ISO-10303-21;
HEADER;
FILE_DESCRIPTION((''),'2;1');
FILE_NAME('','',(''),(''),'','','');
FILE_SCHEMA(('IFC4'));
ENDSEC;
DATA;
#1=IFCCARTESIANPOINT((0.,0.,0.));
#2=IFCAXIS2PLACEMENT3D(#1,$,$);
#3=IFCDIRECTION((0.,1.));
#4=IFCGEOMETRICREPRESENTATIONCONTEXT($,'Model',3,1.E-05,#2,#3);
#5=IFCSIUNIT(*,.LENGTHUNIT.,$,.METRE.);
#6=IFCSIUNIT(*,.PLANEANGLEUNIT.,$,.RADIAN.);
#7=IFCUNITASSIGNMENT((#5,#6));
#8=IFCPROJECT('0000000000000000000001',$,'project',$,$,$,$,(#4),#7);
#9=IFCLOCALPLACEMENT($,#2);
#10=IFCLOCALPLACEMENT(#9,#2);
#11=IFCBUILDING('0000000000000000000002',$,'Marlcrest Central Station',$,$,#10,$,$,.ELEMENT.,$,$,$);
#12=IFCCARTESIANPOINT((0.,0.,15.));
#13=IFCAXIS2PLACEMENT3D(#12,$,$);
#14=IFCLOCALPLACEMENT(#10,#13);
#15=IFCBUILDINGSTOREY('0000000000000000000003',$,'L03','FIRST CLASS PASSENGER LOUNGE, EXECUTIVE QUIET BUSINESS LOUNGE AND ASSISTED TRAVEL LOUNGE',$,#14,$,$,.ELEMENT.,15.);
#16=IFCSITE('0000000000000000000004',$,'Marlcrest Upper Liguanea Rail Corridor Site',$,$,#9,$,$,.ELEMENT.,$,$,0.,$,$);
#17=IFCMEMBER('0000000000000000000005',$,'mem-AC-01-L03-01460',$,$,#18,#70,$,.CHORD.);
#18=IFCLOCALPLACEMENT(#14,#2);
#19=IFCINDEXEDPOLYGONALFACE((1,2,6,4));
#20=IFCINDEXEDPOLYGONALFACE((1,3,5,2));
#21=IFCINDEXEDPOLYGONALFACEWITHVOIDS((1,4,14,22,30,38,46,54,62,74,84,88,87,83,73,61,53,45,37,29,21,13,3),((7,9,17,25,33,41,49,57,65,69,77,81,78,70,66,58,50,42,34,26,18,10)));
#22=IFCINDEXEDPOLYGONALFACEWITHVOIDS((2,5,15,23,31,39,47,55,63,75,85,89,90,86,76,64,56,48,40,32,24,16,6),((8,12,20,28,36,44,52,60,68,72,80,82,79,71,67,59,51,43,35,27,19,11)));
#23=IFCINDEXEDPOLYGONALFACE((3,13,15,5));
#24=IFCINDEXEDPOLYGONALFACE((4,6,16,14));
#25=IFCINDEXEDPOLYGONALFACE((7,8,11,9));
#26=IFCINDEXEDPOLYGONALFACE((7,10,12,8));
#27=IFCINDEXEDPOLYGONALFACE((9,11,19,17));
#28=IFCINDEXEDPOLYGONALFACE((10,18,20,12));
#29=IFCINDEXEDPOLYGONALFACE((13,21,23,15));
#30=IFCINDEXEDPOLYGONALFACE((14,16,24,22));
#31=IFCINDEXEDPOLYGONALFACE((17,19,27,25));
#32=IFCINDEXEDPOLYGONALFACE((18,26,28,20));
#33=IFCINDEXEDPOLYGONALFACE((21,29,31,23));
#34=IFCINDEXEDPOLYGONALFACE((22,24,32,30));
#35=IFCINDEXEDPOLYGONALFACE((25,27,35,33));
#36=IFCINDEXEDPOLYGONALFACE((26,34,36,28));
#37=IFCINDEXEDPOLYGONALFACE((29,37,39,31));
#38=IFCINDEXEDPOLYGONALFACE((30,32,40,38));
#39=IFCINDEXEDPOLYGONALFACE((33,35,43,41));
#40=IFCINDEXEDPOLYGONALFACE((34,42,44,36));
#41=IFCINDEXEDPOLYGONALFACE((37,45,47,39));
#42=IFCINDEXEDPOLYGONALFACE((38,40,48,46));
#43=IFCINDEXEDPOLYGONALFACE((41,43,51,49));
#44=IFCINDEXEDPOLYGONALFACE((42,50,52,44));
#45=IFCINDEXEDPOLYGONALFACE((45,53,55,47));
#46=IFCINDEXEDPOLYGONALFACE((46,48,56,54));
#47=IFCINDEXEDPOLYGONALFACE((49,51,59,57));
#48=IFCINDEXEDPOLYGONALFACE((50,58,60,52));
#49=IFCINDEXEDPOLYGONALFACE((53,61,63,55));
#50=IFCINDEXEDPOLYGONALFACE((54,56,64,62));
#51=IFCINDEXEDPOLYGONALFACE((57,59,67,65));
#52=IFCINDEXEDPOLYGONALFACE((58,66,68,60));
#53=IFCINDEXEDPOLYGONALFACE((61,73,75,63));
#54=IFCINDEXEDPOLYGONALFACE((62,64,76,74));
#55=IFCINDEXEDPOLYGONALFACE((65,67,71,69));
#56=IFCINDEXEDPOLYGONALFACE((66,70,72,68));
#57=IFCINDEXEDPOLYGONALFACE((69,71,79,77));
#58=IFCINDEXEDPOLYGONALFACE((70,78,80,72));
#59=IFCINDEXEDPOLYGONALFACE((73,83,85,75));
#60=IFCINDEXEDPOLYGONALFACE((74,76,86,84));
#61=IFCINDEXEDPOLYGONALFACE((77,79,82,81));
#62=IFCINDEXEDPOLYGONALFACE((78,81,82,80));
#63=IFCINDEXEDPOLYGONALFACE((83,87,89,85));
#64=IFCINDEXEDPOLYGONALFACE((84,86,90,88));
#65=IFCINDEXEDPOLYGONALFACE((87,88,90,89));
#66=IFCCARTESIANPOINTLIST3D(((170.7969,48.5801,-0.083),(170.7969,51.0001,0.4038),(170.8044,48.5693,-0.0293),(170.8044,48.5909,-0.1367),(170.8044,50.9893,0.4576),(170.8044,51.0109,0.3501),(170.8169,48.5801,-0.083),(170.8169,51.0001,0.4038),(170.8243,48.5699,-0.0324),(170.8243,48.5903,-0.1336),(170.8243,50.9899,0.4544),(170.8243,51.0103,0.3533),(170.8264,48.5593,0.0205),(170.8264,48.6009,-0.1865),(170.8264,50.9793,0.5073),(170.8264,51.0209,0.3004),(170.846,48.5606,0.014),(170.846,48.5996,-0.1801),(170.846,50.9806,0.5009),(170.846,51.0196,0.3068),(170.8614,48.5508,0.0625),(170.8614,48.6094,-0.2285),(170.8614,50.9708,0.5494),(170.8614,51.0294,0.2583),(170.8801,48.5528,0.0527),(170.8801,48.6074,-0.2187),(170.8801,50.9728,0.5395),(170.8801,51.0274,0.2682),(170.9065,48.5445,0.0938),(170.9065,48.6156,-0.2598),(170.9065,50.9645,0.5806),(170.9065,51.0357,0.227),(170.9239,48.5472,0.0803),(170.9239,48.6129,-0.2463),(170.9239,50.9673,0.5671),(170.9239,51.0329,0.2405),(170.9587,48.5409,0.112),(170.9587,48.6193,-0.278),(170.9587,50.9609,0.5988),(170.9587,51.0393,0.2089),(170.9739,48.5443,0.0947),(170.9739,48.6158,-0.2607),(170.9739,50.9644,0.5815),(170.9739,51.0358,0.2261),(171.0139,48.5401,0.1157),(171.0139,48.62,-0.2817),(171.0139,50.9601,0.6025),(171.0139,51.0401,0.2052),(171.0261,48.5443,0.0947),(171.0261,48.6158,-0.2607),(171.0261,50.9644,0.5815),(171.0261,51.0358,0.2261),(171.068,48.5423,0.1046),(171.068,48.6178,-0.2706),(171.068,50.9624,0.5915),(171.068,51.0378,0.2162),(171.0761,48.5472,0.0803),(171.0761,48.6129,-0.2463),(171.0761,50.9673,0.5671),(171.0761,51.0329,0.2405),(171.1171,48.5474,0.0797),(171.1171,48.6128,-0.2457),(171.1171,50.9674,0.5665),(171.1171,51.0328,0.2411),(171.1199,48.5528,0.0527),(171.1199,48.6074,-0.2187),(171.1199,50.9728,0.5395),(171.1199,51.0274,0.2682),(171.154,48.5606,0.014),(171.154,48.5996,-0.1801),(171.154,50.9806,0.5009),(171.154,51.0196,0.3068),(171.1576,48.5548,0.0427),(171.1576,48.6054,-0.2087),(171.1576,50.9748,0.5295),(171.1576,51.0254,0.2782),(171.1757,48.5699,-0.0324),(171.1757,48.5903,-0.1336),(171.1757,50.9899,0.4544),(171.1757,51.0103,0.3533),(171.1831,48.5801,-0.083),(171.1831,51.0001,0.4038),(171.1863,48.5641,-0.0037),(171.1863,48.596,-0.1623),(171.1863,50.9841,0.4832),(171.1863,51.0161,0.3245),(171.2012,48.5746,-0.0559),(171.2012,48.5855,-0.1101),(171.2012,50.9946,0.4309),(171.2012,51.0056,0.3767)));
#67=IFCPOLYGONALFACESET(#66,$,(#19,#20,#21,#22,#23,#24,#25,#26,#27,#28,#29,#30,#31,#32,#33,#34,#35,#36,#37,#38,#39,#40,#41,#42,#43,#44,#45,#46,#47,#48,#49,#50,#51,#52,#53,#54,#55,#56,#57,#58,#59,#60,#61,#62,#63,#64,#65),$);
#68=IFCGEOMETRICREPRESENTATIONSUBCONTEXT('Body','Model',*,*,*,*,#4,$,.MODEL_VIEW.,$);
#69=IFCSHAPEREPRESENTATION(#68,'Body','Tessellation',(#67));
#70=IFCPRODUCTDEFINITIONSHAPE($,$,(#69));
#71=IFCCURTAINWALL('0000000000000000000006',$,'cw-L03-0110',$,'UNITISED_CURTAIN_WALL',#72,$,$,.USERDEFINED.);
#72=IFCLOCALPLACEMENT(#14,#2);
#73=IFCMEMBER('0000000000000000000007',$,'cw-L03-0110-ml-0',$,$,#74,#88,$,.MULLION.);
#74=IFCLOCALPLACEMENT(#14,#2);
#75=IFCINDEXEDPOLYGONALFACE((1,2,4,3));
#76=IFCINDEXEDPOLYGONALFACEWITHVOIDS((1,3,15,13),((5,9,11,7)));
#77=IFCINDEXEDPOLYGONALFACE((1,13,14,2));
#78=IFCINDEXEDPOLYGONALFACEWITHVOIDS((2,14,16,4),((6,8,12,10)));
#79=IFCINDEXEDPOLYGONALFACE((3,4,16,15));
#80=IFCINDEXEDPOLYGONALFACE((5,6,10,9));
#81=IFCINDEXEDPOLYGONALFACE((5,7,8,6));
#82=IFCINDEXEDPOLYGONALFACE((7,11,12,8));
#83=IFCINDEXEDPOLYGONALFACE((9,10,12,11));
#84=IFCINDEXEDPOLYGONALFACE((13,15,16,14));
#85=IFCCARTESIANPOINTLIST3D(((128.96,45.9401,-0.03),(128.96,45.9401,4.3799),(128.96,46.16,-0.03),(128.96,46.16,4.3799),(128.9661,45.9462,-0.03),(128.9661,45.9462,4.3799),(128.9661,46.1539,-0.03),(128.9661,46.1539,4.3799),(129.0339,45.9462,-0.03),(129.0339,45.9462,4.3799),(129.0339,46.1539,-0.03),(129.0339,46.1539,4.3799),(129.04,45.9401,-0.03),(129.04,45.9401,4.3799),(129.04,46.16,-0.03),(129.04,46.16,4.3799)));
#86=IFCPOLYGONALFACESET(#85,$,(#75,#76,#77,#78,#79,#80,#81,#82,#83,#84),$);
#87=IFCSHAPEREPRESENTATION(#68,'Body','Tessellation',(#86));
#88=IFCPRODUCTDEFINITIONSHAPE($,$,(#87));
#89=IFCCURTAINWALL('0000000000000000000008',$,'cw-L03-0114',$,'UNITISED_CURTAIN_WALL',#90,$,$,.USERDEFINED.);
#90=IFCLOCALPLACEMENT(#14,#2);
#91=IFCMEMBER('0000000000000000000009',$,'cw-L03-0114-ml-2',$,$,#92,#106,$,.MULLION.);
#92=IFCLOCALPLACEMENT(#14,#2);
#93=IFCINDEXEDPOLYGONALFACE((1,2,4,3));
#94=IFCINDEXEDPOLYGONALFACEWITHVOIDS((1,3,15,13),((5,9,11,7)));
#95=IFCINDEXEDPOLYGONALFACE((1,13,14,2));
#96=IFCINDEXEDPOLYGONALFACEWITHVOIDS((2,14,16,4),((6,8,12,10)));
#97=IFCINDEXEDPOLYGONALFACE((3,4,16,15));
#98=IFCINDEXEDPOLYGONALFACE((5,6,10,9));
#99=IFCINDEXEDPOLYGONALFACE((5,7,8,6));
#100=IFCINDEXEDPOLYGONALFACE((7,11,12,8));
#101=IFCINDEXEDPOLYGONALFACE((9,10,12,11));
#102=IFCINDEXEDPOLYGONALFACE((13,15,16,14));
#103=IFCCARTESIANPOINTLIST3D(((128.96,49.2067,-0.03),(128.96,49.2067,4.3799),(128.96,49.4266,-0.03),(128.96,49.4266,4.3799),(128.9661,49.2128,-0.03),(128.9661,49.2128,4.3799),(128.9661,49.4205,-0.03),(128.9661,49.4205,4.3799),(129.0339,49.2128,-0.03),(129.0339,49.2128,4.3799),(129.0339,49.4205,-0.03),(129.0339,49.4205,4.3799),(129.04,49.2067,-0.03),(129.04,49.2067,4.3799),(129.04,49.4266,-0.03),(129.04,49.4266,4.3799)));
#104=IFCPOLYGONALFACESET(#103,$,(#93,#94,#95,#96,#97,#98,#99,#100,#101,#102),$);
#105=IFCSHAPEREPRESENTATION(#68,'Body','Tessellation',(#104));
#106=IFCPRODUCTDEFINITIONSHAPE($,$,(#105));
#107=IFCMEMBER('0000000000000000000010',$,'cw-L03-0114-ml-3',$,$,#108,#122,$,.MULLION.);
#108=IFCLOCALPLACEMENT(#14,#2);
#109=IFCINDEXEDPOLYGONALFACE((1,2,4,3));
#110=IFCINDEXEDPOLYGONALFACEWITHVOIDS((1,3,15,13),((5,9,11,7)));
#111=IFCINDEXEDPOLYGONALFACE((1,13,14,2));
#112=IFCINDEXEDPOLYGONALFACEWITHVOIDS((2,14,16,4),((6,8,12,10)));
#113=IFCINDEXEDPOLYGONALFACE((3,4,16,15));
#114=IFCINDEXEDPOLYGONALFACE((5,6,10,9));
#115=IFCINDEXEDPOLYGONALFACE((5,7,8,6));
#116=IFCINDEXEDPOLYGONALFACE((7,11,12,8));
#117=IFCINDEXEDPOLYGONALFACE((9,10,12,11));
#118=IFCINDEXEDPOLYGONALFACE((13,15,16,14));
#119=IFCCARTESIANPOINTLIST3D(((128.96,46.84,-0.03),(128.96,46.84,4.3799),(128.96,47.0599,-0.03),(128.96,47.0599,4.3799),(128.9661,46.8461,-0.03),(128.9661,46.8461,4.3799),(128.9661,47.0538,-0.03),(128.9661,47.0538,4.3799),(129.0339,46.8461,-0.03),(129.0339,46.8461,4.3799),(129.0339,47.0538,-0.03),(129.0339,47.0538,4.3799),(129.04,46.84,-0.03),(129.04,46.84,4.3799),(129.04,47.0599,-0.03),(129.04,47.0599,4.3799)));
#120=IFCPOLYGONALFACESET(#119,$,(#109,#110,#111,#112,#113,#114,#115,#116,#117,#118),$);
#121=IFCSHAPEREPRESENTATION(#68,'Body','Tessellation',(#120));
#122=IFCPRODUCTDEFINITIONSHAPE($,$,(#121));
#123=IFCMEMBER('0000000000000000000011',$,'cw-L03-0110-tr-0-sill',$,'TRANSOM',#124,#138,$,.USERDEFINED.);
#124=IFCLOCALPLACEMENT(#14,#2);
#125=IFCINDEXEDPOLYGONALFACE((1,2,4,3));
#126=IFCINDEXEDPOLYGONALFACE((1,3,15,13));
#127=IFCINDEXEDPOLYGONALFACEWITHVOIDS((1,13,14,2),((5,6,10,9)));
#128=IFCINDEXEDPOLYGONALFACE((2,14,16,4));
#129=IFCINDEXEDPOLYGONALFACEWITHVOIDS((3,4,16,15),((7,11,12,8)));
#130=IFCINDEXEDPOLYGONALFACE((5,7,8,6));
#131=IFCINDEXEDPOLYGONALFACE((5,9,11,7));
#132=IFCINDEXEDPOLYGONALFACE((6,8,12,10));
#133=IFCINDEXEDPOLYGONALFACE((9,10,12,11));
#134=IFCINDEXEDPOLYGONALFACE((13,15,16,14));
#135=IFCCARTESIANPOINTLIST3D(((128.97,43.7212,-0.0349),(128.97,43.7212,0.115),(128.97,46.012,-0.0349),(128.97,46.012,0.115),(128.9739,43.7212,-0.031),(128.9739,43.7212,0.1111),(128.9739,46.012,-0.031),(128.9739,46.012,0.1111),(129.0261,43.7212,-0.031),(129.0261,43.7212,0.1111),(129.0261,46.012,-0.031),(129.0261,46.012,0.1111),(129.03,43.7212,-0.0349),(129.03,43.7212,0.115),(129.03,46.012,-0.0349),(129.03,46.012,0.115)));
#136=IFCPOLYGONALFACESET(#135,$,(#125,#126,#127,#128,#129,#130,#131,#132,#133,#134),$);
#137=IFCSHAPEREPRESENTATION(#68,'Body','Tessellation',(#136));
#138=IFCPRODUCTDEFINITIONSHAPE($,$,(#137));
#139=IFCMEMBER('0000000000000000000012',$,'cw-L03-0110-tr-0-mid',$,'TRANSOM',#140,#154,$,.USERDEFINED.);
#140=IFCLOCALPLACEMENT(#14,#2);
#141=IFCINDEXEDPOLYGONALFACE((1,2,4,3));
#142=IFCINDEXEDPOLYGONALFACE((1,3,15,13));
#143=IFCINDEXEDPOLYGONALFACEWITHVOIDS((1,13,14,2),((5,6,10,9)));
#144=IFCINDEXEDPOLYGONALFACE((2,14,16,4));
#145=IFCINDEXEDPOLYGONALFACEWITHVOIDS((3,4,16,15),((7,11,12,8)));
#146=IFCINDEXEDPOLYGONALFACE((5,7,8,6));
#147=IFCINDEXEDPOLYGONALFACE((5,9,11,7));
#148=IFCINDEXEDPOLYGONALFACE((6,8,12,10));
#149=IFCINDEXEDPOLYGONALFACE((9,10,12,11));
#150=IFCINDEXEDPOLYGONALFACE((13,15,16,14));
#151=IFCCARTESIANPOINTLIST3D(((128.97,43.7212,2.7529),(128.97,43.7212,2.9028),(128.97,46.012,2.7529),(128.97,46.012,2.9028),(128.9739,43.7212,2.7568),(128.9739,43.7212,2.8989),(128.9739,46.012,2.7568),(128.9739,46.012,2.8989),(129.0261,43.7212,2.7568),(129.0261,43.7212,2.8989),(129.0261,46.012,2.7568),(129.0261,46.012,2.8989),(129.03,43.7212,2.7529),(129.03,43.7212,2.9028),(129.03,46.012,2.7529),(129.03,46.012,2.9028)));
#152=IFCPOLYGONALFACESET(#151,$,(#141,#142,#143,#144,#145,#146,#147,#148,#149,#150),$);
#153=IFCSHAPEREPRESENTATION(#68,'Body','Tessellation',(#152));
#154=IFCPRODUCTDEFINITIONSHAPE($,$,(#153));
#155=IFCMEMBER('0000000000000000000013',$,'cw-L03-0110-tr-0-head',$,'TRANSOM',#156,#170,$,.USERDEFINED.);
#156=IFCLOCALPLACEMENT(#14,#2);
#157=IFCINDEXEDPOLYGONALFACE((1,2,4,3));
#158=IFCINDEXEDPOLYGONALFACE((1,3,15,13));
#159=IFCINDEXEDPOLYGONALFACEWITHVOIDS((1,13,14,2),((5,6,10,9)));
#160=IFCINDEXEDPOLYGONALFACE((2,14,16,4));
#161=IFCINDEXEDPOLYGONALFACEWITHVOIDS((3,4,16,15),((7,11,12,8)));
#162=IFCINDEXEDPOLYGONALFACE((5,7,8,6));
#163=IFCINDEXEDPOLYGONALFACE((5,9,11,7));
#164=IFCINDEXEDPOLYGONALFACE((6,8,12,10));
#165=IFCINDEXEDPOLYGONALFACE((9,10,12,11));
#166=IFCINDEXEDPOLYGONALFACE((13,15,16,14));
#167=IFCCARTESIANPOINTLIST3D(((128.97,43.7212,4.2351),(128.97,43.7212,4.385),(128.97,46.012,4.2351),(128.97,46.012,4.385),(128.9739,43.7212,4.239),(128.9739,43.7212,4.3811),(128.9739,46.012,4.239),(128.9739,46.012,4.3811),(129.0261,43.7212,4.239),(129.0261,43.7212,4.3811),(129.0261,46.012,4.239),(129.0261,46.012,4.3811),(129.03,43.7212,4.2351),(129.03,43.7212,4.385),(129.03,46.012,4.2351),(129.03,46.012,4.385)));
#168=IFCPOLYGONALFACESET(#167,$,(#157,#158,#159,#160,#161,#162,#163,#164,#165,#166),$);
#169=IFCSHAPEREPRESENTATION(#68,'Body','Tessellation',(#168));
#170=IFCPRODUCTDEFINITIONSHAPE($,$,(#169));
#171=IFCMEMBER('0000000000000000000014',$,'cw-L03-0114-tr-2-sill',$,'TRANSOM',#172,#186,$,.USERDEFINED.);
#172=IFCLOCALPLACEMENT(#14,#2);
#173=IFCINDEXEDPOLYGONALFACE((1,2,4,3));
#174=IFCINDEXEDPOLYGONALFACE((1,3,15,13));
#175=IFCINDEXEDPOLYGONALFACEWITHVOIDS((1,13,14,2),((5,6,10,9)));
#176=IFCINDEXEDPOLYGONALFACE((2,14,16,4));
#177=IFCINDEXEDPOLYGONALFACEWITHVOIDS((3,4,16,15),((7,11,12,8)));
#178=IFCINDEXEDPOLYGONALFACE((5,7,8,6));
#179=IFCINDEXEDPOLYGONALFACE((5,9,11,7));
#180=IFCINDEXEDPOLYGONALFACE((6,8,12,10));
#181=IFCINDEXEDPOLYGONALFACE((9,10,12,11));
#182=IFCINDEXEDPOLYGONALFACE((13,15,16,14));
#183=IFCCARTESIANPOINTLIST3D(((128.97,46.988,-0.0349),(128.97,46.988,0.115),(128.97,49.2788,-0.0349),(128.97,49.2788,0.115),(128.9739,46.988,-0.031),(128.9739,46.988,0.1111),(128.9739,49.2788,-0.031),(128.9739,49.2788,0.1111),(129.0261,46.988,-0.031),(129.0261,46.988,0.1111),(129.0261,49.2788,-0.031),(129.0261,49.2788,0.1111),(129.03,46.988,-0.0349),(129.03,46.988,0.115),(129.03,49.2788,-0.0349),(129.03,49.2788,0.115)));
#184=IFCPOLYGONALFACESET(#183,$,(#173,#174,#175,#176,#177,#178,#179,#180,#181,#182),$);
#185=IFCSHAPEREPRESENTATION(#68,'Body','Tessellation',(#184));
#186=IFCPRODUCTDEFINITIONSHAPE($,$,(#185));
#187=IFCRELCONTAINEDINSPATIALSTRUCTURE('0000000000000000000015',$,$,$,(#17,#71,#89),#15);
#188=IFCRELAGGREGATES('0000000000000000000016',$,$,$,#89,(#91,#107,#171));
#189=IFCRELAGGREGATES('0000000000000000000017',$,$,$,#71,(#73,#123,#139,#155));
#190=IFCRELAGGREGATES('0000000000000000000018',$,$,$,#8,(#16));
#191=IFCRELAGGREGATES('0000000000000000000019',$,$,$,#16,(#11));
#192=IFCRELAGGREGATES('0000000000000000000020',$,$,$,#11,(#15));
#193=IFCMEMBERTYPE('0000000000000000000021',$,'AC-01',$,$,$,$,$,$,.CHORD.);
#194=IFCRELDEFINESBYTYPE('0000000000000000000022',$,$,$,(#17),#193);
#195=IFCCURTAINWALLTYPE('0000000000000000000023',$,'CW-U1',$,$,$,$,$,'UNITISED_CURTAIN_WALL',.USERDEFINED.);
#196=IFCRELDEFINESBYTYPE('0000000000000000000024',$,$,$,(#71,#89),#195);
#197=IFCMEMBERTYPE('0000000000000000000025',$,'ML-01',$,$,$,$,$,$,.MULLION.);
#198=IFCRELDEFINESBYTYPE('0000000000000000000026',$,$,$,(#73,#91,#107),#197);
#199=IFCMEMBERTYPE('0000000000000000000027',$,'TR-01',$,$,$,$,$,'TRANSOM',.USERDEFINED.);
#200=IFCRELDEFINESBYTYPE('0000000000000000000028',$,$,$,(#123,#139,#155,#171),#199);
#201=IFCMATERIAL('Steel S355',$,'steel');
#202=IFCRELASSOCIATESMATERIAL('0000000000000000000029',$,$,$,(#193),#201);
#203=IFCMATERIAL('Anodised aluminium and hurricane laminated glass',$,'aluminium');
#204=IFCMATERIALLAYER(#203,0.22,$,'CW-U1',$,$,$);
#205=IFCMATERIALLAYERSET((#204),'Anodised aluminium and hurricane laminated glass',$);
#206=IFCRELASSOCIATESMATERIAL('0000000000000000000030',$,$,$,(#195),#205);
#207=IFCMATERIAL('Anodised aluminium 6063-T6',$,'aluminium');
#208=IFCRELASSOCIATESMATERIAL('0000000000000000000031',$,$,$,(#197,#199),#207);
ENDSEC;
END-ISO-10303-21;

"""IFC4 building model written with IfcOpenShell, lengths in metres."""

from ifc_helpers import new_model, si_unit, direction, frame, origin, origin_2d, place, context, subcontext, project, spatial, hollow_rectangle, hollow_circle, extrude, material, layer, layer_set, material_profile, profile_set, type_object, element, aggregate, save


model = new_model("IFC4")

# Units and contexts
model_context = context("Model", 3, precision=1e-05, world=origin(), true_north=direction((0.0, 1.0)))
body_context = subcontext(model_context, "Body", "Model", "MODEL_VIEW")
ifc_project = project(units=[si_unit("LENGTHUNIT", "METRE"), si_unit("PLANEANGLEUNIT", "RADIAN")], contexts=[model_context])

# Site, building, storey
site_placement = place(None, origin())
site = spatial("IfcSite", under=ifc_project, at=site_placement, Name="Marlcrest Upper Liguanea Rail Corridor Site", CompositionType="ELEMENT", RefElevation=0.0)
building_placement = place(site_placement, origin())
building = spatial("IfcBuilding", under=site, at=building_placement, Name="Marlcrest Central Station", CompositionType="ELEMENT")
storey_placement = place(building_placement, frame((0.0, 0.0, 15.0)))
storey = spatial("IfcBuildingStorey", under=building, at=storey_placement, Name="L03", Description="FIRST CLASS PASSENGER LOUNGE, EXECUTIVE QUIET BUSINESS LOUNGE AND ASSISTED TRAVEL LOUNGE", CompositionType="ELEMENT", Elevation=15.0)

# Shared definitions
ifc_material_1 = material(Name="Steel S355", Category="steel")

# Member
ifc_material_profile_1 = material_profile(ifc_material_1, hollow_circle(Radius=0.2031, WallThickness=0.02, at=origin_2d()), Name="CHS 406.4x20")
ifc_profile_set_1 = profile_set([ifc_material_profile_1], Name="Steel S355")
member_type_1 = type_object("IfcMemberType", Name="AC-01", PredefinedType="CHORD", material=ifc_profile_set_1)
for number, where, z_axis, x_axis, name in (
    (1, (171.0, 48.5801, -0.083), (0.0, 0.980359, 0.197219), (-1.0, 0.0, 0.0), "mem-AC-01-L03-01460"),
):
    element("IfcMember", number, at=place(storey_placement, frame(where, z_axis=z_axis, x_axis=x_axis)), inside=storey, type_object=member_type_1, Name=name, PredefinedType="CHORD", context=body_context, shape_type="SweptSolid", body=[
        extrude(hollow_circle(Radius=0.2031, WallThickness=0.02, at=origin_2d()), origin(), (0.0, 0.0, 1.0), 2.4685),
    ])

# Curtain wall, member
ifc_material_2 = material(Name="Anodised aluminium and hurricane laminated glass", Category="aluminium")
ifc_layer_1 = layer(ifc_material_2, 0.22, Name="CW-U1")
ifc_layer_set_1 = layer_set([ifc_layer_1], Name="Anodised aluminium and hurricane laminated glass")
curtain_wall_type = type_object("IfcCurtainWallType", Name="CW-U1", ElementType="UNITISED_CURTAIN_WALL", PredefinedType="USERDEFINED", material=ifc_layer_set_1)
curtain_wall_1_placement = place(storey_placement, origin())
curtain_wall_1 = element("IfcCurtainWall", 2, at=curtain_wall_1_placement, inside=storey, type_object=curtain_wall_type, Name="cw-L03-0110", ObjectType="UNITISED_CURTAIN_WALL", PredefinedType="USERDEFINED")
ifc_material_3 = material(Name="Anodised aluminium 6063-T6", Category="aluminium")
ifc_material_profile_2 = material_profile(ifc_material_3, hollow_rectangle(XDim=0.0801, YDim=0.22, WallThickness=0.0061, at=origin_2d()), Name="AA-RHS 220x80x6")
ifc_profile_set_2 = profile_set([ifc_material_profile_2], Name="Anodised aluminium 6063-T6")
member_type_2 = type_object("IfcMemberType", Name="ML-01", PredefinedType="MULLION", material=ifc_profile_set_2)
member_1_placement = place(storey_placement, frame((129.0, 46.05, -0.03), z_axis=(0.0, 0.0, 1.0), x_axis=(1.0, 0.0, 0.0)))
member_1 = element("IfcMember", 3, at=member_1_placement, type_object=member_type_2, Name="cw-L03-0110-ml-0", PredefinedType="MULLION", context=body_context, shape_type="SweptSolid", body=[
    extrude(hollow_rectangle(XDim=0.0801, YDim=0.22, WallThickness=0.0061, at=origin_2d()), origin(), (0.0, 0.0, 1.0), 4.4099),
])

# Curtain wall, members
curtain_wall_2_placement = place(storey_placement, origin())
curtain_wall_2 = element("IfcCurtainWall", 4, at=curtain_wall_2_placement, inside=storey, type_object=curtain_wall_type, Name="cw-L03-0114", ObjectType="UNITISED_CURTAIN_WALL", PredefinedType="USERDEFINED")
member_2_placement = place(storey_placement, frame((129.0, 49.3167, -0.03), z_axis=(0.0, 0.0, 1.0), x_axis=(1.0, 0.0, 0.0)))
member_2 = element("IfcMember", 5, at=member_2_placement, type_object=member_type_2, Name="cw-L03-0114-ml-2", PredefinedType="MULLION", context=body_context, shape_type="SweptSolid", body=[
    extrude(hollow_rectangle(XDim=0.0801, YDim=0.22, WallThickness=0.0061, at=origin_2d()), origin(), (0.0, 0.0, 1.0), 4.4099),
])
member_3_placement = place(storey_placement, frame((129.0, 46.95, -0.03), z_axis=(0.0, 0.0, 1.0), x_axis=(1.0, 0.0, 0.0)))
member_3 = element("IfcMember", 6, at=member_3_placement, type_object=member_type_2, Name="cw-L03-0114-ml-3", PredefinedType="MULLION", context=body_context, shape_type="SweptSolid", body=[
    extrude(hollow_rectangle(XDim=0.0801, YDim=0.22, WallThickness=0.0061, at=origin_2d()), origin(), (0.0, 0.0, 1.0), 4.4099),
])

# Members
ifc_material_profile_3 = material_profile(ifc_material_3, hollow_rectangle(XDim=0.0601, YDim=0.1499, WallThickness=0.0039, at=origin_2d()), Name="AA-RHS 150x60x4")
ifc_profile_set_3 = profile_set([ifc_material_profile_3], Name="Anodised aluminium 6063-T6")
member_type_3 = type_object("IfcMemberType", Name="TR-01", ElementType="TRANSOM", PredefinedType="USERDEFINED", material=ifc_profile_set_3)
member_4_placement = place(storey_placement, frame((129.0, 46.012, 0.04), z_axis=(0.0, -1.0, 0.0), x_axis=(1.0, 0.0, 0.0)))
member_4 = element("IfcMember", 7, at=member_4_placement, type_object=member_type_3, Name="cw-L03-0110-tr-0-sill", ObjectType="TRANSOM", PredefinedType="USERDEFINED", context=body_context, shape_type="SweptSolid", body=[
    extrude(hollow_rectangle(XDim=0.0601, YDim=0.1499, WallThickness=0.0039, at=origin_2d()), origin(), (0.0, 0.0, 1.0), 2.2908),
])
member_5_placement = place(storey_placement, frame((129.0, 46.012, 2.8279), z_axis=(0.0, -1.0, 0.0), x_axis=(1.0, 0.0, 0.0)))
member_5 = element("IfcMember", 8, at=member_5_placement, type_object=member_type_3, Name="cw-L03-0110-tr-0-mid", ObjectType="TRANSOM", PredefinedType="USERDEFINED", context=body_context, shape_type="SweptSolid", body=[
    extrude(hollow_rectangle(XDim=0.0601, YDim=0.1499, WallThickness=0.0039, at=origin_2d()), origin(), (0.0, 0.0, 1.0), 2.2908),
])
member_6_placement = place(storey_placement, frame((129.0, 46.012, 4.3101), z_axis=(0.0, -1.0, 0.0), x_axis=(1.0, 0.0, 0.0)))
member_6 = element("IfcMember", 9, at=member_6_placement, type_object=member_type_3, Name="cw-L03-0110-tr-0-head", ObjectType="TRANSOM", PredefinedType="USERDEFINED", context=body_context, shape_type="SweptSolid", body=[
    extrude(hollow_rectangle(XDim=0.0601, YDim=0.1499, WallThickness=0.0039, at=origin_2d()), origin(), (0.0, 0.0, 1.0), 2.2908),
])
member_7_placement = place(storey_placement, frame((129.0, 49.2788, 0.04), z_axis=(0.0, -1.0, 0.0), x_axis=(1.0, 0.0, 0.0)))
member_7 = element("IfcMember", 10, at=member_7_placement, type_object=member_type_3, Name="cw-L03-0114-tr-2-sill", ObjectType="TRANSOM", PredefinedType="USERDEFINED", context=body_context, shape_type="SweptSolid", body=[
    extrude(hollow_rectangle(XDim=0.0601, YDim=0.1499, WallThickness=0.0039, at=origin_2d()), origin(), (0.0, 0.0, 1.0), 2.2908),
])

aggregate(curtain_wall_2, [member_2, member_3, member_7])
aggregate(curtain_wall_1, [member_1, member_4, member_5, member_6])

save(model, "model.ifc")
